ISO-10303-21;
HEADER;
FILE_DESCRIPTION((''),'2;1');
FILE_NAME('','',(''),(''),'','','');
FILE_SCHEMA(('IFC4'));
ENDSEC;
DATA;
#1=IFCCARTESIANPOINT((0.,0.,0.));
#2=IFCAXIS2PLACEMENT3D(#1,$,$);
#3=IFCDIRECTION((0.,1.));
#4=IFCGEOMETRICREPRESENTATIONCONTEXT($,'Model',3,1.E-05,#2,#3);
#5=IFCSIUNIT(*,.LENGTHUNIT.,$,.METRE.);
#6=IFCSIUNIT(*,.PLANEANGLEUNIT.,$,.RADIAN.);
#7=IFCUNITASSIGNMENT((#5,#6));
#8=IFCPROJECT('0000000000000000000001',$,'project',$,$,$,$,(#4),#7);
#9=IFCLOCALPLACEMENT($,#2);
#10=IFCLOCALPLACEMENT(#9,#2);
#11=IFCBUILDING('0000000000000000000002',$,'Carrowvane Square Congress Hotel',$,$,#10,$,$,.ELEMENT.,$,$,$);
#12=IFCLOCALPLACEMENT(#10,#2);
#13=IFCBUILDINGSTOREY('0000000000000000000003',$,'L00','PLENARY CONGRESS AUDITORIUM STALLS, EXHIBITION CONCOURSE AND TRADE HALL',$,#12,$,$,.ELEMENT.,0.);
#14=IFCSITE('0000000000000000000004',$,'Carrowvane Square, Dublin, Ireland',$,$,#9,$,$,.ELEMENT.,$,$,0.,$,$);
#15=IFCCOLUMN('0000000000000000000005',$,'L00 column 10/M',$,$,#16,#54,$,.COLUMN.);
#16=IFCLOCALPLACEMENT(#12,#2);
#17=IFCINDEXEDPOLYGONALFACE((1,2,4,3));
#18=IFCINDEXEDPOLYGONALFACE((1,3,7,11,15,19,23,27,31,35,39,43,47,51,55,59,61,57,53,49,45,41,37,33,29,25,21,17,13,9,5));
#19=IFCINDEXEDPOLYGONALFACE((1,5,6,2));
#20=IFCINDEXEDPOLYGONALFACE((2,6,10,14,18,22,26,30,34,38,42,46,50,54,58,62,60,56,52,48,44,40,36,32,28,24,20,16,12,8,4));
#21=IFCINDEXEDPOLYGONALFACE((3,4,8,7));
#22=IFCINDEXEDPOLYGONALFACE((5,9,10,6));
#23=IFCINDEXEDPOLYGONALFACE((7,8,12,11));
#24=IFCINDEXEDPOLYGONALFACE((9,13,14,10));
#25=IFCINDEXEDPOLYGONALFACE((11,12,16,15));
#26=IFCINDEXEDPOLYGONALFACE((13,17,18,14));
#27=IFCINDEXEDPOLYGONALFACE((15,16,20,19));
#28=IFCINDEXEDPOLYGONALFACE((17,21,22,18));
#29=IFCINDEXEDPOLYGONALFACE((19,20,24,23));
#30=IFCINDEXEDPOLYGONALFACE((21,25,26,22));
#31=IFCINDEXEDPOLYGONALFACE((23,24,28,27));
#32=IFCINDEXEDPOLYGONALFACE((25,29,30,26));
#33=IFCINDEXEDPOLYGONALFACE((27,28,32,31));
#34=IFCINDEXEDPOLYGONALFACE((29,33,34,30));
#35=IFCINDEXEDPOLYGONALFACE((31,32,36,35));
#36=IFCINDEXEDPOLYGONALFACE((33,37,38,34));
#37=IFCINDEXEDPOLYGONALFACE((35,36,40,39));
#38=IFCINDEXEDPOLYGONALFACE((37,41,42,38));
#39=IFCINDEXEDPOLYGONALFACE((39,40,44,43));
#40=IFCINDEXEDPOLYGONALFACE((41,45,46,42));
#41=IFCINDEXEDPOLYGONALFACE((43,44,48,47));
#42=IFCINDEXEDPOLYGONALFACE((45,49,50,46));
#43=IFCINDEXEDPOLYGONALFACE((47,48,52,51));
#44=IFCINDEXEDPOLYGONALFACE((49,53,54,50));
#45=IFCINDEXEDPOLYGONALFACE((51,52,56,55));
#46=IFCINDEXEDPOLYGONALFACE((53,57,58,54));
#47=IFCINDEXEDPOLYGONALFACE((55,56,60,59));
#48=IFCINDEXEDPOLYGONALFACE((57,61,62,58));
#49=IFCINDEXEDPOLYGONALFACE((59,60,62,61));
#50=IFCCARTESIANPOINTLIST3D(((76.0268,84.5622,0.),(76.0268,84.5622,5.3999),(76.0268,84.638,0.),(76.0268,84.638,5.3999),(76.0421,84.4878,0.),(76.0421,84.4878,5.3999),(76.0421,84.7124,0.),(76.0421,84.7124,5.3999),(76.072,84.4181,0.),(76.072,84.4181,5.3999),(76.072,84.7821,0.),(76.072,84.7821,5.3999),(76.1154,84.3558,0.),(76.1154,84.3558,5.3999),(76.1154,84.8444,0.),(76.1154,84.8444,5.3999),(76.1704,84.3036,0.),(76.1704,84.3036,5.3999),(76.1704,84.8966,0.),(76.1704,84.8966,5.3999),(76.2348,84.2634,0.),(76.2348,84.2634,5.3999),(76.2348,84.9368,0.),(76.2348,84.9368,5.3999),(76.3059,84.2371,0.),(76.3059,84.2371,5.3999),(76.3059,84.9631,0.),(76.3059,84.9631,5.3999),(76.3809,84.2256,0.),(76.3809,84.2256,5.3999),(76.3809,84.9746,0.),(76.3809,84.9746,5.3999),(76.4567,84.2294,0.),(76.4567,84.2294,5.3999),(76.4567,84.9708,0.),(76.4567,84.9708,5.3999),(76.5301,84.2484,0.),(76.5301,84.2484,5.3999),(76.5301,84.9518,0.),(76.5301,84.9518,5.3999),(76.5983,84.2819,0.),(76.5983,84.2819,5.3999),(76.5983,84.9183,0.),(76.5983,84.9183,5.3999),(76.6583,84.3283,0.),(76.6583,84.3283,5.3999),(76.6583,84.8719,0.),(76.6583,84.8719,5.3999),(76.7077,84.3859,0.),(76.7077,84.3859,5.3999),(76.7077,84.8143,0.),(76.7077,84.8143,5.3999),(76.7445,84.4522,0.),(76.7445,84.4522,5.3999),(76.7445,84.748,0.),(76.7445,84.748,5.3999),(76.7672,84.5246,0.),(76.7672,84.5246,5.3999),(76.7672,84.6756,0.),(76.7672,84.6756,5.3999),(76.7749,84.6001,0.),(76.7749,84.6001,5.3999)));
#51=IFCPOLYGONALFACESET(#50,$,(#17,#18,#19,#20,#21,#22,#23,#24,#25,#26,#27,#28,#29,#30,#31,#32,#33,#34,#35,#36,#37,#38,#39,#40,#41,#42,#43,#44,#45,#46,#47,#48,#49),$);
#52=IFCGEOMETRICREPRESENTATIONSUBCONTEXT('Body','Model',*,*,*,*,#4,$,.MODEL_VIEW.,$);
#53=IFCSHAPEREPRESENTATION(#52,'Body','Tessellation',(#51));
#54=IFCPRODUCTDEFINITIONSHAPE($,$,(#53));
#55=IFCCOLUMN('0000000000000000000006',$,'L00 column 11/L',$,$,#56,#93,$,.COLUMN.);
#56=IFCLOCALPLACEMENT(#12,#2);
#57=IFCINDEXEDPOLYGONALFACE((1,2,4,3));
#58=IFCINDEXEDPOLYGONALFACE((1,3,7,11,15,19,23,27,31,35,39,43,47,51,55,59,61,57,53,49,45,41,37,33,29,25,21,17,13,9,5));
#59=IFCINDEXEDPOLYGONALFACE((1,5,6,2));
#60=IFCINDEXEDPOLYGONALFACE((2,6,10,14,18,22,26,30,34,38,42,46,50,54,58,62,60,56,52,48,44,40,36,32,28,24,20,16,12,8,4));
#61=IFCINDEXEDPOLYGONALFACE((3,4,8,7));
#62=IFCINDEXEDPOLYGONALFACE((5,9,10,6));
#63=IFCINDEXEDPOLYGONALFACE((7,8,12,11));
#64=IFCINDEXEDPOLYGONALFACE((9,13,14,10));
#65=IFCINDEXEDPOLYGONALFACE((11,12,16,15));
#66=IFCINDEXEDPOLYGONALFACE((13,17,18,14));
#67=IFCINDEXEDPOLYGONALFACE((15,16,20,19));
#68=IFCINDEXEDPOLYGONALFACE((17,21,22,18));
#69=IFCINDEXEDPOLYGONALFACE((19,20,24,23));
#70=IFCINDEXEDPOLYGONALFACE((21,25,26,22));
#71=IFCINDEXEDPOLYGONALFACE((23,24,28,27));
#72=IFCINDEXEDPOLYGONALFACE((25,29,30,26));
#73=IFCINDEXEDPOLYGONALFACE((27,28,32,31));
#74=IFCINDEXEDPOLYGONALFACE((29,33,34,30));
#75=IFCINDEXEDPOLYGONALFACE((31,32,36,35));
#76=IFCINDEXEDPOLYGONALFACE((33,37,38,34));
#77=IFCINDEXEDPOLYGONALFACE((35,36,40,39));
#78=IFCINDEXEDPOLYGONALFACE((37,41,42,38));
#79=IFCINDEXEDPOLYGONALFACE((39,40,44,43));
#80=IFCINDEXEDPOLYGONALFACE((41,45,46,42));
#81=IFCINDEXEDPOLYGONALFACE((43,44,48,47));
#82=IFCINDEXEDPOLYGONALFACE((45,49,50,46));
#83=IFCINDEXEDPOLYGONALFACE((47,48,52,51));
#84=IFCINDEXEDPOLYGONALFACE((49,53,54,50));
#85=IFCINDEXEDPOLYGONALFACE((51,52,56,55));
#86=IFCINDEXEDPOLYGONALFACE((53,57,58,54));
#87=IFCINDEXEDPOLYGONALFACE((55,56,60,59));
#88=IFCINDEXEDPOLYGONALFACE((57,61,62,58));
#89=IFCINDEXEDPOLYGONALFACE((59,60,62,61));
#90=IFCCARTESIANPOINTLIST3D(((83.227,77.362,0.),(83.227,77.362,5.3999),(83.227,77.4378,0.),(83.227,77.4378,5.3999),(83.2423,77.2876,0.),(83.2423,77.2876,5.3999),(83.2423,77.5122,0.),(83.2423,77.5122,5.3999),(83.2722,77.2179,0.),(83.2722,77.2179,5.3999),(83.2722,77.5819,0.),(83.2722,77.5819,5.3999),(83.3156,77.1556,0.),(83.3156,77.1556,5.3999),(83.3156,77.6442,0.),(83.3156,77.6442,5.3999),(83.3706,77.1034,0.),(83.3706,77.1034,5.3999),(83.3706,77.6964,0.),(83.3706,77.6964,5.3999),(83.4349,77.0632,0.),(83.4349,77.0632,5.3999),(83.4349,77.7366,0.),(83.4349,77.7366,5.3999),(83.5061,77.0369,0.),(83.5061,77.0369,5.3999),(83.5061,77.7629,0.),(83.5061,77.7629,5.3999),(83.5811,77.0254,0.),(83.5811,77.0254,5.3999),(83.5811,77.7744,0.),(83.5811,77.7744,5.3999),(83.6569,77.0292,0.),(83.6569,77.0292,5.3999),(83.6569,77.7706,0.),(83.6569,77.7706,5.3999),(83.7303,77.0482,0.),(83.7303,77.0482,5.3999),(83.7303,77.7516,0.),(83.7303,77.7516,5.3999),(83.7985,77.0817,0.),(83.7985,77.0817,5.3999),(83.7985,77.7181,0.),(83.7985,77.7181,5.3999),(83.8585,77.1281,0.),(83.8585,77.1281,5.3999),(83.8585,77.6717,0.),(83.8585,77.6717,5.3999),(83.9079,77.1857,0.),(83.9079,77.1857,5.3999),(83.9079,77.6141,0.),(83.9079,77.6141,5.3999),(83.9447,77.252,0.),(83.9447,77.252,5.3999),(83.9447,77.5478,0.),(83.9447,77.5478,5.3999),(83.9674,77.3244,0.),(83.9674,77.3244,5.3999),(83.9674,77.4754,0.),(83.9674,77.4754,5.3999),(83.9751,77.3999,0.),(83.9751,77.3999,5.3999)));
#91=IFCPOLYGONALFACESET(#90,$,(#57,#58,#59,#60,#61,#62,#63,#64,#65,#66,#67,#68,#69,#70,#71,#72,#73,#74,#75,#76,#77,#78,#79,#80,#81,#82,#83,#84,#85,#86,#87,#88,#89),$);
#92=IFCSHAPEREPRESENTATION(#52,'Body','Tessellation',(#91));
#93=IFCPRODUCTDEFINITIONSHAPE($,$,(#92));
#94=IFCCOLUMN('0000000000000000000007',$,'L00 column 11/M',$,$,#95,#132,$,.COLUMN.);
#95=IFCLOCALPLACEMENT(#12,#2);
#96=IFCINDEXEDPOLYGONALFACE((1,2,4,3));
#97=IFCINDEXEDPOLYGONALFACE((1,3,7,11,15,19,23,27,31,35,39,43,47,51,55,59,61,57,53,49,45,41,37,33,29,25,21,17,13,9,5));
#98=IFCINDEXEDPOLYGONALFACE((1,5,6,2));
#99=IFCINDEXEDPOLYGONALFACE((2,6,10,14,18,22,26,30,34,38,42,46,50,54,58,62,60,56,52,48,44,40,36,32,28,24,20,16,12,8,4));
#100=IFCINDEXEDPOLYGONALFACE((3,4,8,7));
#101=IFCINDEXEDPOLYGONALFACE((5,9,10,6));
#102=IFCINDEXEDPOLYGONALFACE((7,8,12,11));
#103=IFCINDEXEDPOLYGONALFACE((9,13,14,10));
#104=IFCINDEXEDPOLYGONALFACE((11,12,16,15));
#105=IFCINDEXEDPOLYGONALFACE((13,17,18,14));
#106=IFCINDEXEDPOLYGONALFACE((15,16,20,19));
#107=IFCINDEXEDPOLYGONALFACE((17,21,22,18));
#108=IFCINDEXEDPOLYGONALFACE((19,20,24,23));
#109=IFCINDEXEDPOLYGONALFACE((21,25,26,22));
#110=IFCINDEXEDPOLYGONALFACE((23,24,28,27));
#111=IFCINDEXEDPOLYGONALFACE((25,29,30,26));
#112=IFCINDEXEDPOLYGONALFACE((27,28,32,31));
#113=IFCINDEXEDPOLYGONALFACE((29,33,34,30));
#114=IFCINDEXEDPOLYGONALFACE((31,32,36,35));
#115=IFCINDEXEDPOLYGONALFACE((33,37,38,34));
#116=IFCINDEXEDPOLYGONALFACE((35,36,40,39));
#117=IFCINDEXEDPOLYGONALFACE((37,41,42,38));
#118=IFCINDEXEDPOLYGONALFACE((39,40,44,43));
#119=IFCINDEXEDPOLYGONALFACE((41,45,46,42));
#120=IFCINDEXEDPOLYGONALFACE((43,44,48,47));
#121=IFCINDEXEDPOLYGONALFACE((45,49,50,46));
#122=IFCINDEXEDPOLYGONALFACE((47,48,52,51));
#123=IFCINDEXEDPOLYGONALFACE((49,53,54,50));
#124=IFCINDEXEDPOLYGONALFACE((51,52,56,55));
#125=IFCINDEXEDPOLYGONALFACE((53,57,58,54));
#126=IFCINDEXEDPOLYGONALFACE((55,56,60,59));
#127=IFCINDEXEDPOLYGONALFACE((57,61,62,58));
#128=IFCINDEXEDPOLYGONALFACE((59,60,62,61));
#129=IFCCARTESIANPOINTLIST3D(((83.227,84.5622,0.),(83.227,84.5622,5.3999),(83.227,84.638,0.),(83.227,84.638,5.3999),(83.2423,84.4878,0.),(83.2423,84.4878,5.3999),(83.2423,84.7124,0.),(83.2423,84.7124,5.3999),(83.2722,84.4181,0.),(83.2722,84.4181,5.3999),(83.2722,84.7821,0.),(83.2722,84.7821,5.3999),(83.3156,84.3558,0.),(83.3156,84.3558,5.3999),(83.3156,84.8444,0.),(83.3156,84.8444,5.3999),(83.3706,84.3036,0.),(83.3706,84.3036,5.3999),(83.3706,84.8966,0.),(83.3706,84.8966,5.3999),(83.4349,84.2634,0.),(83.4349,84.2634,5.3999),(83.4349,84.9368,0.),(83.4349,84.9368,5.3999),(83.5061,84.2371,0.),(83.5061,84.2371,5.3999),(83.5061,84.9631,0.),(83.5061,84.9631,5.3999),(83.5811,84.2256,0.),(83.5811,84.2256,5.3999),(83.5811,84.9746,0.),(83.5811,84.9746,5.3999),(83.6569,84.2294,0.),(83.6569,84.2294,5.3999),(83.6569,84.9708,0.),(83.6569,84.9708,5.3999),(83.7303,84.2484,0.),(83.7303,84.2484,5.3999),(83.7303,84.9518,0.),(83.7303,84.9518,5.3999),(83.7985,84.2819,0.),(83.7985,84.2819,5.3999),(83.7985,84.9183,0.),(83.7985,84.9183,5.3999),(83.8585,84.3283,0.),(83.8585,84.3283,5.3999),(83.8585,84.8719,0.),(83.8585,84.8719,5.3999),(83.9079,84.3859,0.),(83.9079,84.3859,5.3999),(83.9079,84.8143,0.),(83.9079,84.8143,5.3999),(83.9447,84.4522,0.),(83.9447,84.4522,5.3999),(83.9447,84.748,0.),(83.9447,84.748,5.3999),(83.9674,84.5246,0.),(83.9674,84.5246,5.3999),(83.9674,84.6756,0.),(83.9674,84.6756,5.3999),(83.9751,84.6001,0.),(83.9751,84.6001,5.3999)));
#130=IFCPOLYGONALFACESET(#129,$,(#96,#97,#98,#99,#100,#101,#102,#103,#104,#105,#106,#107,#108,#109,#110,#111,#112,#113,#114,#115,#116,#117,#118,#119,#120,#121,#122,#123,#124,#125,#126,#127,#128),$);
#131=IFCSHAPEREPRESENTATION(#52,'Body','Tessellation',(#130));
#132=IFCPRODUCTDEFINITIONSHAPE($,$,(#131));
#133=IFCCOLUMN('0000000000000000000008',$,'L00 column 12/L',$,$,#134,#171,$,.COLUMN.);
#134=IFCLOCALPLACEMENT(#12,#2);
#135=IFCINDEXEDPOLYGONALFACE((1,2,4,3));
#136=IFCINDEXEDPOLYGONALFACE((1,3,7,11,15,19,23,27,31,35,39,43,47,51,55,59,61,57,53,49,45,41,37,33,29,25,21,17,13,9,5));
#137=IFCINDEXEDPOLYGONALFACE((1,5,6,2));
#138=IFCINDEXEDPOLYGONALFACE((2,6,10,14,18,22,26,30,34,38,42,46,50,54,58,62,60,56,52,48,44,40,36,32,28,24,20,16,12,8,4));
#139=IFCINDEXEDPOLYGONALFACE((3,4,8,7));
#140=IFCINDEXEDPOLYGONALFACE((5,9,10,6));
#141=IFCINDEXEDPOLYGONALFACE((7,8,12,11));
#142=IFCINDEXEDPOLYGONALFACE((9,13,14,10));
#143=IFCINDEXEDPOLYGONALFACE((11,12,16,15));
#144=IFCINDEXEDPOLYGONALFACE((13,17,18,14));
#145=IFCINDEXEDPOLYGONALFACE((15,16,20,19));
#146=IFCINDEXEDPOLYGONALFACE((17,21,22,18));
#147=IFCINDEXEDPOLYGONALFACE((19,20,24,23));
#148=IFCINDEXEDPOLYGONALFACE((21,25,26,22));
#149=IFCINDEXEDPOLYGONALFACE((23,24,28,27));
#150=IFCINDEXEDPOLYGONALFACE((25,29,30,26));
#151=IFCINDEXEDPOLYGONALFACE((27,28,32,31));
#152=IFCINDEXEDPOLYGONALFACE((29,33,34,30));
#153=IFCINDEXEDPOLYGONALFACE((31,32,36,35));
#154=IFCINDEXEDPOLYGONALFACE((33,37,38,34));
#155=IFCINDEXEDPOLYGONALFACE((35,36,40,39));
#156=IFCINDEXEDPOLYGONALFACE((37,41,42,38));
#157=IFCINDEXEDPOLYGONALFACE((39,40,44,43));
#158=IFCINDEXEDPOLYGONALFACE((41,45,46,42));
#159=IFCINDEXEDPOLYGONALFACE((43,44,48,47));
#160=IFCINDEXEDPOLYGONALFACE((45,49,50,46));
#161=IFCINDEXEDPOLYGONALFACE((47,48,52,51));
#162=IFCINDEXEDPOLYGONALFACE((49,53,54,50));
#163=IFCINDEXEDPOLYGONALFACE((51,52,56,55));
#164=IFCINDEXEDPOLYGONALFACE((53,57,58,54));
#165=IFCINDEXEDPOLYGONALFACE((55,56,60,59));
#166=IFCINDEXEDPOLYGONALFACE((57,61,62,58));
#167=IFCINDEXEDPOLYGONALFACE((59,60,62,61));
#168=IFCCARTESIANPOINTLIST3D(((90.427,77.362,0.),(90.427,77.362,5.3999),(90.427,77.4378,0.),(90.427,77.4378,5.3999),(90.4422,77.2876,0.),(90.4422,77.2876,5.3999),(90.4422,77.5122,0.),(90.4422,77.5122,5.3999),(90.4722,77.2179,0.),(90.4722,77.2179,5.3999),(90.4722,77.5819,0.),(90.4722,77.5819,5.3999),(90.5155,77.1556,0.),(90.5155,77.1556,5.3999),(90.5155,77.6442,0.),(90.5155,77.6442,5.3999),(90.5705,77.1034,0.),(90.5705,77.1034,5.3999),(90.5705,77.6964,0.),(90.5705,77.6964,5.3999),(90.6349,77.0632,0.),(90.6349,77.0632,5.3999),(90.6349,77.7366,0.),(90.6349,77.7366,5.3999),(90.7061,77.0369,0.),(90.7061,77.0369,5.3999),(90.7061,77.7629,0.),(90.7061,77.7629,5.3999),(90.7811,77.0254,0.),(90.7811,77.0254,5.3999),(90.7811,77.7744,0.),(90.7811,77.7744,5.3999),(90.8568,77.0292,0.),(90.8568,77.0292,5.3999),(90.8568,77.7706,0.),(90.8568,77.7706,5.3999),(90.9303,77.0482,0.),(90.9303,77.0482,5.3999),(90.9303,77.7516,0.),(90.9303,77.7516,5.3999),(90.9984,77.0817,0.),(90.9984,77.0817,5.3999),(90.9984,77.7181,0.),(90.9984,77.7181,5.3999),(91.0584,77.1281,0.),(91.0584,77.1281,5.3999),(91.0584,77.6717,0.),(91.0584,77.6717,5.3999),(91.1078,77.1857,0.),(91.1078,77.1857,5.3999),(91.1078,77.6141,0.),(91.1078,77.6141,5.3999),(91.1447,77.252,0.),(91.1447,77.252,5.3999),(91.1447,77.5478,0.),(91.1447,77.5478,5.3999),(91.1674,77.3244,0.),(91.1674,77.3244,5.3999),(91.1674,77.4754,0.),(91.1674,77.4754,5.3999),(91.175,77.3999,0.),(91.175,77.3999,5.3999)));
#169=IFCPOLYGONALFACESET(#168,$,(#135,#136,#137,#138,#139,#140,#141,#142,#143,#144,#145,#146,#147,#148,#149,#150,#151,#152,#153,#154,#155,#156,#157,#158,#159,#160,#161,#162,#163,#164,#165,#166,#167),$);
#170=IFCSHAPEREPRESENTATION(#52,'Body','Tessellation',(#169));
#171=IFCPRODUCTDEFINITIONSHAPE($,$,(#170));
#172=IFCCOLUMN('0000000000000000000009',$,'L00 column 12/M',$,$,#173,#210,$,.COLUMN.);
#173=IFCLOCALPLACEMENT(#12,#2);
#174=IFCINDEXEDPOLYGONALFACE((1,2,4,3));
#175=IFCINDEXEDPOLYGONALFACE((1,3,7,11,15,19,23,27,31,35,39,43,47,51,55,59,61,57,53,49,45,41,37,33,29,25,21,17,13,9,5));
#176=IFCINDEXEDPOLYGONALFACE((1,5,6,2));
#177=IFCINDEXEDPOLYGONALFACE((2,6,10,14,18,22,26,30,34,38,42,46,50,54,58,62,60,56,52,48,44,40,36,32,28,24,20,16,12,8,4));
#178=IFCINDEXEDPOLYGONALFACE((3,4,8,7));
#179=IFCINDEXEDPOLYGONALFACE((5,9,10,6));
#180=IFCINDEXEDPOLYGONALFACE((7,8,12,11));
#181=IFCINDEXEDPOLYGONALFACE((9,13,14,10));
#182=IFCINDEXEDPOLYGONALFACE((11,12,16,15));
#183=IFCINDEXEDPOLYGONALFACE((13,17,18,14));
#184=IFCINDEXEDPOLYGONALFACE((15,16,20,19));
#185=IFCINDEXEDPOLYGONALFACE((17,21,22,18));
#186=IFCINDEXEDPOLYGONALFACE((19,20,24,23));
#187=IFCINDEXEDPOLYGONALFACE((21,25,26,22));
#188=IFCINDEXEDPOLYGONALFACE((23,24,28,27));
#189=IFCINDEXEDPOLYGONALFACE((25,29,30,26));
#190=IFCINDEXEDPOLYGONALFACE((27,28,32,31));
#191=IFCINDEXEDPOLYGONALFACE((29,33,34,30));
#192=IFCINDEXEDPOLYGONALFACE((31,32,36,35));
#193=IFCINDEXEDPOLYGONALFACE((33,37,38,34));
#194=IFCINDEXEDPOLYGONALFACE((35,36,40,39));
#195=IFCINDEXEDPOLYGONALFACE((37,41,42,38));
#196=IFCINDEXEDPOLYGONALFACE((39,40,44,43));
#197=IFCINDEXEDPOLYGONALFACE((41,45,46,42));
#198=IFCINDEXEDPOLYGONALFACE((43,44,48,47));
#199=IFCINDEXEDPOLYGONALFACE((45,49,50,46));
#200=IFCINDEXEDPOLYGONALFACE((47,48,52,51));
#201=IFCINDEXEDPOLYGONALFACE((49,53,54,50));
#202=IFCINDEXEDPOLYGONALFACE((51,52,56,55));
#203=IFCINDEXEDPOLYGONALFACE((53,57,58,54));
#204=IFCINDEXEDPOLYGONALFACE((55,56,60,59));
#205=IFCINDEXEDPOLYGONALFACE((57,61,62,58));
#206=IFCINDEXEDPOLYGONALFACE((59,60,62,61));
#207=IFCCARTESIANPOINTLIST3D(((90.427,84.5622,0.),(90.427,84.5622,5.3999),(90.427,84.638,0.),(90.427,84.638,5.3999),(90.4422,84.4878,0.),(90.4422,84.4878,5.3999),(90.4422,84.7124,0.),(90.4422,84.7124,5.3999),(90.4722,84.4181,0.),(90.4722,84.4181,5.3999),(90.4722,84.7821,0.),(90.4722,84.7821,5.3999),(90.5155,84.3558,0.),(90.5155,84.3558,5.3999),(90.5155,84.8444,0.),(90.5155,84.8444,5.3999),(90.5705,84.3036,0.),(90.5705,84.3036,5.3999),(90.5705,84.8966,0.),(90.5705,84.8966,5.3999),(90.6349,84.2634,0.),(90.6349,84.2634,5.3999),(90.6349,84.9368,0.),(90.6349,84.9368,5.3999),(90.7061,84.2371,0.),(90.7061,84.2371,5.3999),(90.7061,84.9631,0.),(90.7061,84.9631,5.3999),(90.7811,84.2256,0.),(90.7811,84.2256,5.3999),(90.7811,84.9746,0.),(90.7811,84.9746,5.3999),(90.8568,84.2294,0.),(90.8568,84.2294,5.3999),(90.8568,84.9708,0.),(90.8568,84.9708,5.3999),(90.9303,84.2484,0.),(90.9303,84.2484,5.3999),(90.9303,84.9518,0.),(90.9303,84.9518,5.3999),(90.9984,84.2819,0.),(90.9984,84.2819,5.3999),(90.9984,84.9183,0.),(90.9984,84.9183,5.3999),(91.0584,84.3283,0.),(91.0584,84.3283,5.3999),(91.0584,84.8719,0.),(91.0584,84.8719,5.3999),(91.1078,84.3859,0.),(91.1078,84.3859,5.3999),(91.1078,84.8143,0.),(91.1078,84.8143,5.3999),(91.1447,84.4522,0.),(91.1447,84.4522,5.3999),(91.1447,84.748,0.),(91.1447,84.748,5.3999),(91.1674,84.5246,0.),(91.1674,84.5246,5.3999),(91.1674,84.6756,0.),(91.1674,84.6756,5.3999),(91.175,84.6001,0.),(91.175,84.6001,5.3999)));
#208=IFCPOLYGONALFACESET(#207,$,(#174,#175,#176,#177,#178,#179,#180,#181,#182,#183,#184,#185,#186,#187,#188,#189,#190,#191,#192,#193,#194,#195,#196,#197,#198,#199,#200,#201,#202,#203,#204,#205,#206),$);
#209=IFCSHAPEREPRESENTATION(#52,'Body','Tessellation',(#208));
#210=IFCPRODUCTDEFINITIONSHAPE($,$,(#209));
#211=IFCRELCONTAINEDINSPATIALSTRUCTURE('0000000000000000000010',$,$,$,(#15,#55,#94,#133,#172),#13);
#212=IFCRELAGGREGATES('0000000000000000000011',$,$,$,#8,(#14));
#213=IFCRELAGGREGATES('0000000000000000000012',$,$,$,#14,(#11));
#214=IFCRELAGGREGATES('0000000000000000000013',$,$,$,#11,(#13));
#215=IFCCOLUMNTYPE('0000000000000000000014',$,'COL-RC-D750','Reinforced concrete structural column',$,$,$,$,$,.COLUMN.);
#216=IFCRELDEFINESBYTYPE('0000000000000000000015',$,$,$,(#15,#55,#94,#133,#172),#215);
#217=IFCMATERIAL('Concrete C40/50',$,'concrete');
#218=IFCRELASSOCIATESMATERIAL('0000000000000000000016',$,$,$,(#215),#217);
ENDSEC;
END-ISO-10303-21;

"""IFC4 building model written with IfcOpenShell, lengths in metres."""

from ifc_helpers import new_model, si_unit, direction, frame, origin, origin_2d, place, context, subcontext, project, spatial, circle, extrude, material, material_profile, profile_set, type_object, element, save


model = new_model("IFC4")

# Units and contexts
model_context = context("Model", 3, precision=1e-05, world=origin(), true_north=direction((0.0, 1.0)))
body_context = subcontext(model_context, "Body", "Model", "MODEL_VIEW")
ifc_project = project(units=[si_unit("LENGTHUNIT", "METRE"), si_unit("PLANEANGLEUNIT", "RADIAN")], contexts=[model_context])

# Site, building, storey
site_placement = place(None, origin())
site = spatial("IfcSite", under=ifc_project, at=site_placement, Name="Carrowvane Square, Dublin, Ireland", CompositionType="ELEMENT", RefElevation=0.0)
building_placement = place(site_placement, origin())
building = spatial("IfcBuilding", under=site, at=building_placement, Name="Carrowvane Square Congress Hotel", CompositionType="ELEMENT")
storey_placement = place(building_placement, origin())
storey = spatial("IfcBuildingStorey", under=building, at=storey_placement, Name="L00", Description="PLENARY CONGRESS AUDITORIUM STALLS, EXHIBITION CONCOURSE AND TRADE HALL", CompositionType="ELEMENT", Elevation=0.0)

# Columns
ifc_material_1 = material(Name="Concrete C40/50", Category="concrete")
ifc_material_profile_1 = material_profile(ifc_material_1, circle(Radius=0.375, at=origin_2d()), Name="RC D750")
ifc_profile_set_1 = profile_set([ifc_material_profile_1], Name="Concrete C40/50")
column_type_1 = type_object("IfcColumnType", Name="COL-RC-D750", Description="Reinforced concrete structural column", PredefinedType="COLUMN", material=ifc_profile_set_1)
for number, where, z_axis, x_axis, name in (
    (1, (76.3999, 84.6001, 0.0), (0.0, 0.0, 1.0), (1.0, 0.0, 0.0), "L00 column 10/M"),
    (2, (83.6001, 77.3999, 0.0), (0.0, 0.0, 1.0), (1.0, 0.0, 0.0), "L00 column 11/L"),
    (3, (83.6001, 84.6001, 0.0), (0.0, 0.0, 1.0), (1.0, 0.0, 0.0), "L00 column 11/M"),
    (4, (90.8, 77.3999, 0.0), (0.0, 0.0, 1.0), (1.0, 0.0, 0.0), "L00 column 12/L"),
    (5, (90.8, 84.6001, 0.0), (0.0, 0.0, 1.0), (1.0, 0.0, 0.0), "L00 column 12/M"),
):
    element("IfcColumn", number, at=place(storey_placement, frame(where, z_axis=z_axis, x_axis=x_axis)), inside=storey, type_object=column_type_1, Name=name, PredefinedType="COLUMN", context=body_context, shape_type="SweptSolid", body=[
        extrude(circle(Radius=0.375, at=origin_2d()), origin(), (0.0, 0.0, 1.0), 5.3999),
    ])

save(model, "model.ifc")
